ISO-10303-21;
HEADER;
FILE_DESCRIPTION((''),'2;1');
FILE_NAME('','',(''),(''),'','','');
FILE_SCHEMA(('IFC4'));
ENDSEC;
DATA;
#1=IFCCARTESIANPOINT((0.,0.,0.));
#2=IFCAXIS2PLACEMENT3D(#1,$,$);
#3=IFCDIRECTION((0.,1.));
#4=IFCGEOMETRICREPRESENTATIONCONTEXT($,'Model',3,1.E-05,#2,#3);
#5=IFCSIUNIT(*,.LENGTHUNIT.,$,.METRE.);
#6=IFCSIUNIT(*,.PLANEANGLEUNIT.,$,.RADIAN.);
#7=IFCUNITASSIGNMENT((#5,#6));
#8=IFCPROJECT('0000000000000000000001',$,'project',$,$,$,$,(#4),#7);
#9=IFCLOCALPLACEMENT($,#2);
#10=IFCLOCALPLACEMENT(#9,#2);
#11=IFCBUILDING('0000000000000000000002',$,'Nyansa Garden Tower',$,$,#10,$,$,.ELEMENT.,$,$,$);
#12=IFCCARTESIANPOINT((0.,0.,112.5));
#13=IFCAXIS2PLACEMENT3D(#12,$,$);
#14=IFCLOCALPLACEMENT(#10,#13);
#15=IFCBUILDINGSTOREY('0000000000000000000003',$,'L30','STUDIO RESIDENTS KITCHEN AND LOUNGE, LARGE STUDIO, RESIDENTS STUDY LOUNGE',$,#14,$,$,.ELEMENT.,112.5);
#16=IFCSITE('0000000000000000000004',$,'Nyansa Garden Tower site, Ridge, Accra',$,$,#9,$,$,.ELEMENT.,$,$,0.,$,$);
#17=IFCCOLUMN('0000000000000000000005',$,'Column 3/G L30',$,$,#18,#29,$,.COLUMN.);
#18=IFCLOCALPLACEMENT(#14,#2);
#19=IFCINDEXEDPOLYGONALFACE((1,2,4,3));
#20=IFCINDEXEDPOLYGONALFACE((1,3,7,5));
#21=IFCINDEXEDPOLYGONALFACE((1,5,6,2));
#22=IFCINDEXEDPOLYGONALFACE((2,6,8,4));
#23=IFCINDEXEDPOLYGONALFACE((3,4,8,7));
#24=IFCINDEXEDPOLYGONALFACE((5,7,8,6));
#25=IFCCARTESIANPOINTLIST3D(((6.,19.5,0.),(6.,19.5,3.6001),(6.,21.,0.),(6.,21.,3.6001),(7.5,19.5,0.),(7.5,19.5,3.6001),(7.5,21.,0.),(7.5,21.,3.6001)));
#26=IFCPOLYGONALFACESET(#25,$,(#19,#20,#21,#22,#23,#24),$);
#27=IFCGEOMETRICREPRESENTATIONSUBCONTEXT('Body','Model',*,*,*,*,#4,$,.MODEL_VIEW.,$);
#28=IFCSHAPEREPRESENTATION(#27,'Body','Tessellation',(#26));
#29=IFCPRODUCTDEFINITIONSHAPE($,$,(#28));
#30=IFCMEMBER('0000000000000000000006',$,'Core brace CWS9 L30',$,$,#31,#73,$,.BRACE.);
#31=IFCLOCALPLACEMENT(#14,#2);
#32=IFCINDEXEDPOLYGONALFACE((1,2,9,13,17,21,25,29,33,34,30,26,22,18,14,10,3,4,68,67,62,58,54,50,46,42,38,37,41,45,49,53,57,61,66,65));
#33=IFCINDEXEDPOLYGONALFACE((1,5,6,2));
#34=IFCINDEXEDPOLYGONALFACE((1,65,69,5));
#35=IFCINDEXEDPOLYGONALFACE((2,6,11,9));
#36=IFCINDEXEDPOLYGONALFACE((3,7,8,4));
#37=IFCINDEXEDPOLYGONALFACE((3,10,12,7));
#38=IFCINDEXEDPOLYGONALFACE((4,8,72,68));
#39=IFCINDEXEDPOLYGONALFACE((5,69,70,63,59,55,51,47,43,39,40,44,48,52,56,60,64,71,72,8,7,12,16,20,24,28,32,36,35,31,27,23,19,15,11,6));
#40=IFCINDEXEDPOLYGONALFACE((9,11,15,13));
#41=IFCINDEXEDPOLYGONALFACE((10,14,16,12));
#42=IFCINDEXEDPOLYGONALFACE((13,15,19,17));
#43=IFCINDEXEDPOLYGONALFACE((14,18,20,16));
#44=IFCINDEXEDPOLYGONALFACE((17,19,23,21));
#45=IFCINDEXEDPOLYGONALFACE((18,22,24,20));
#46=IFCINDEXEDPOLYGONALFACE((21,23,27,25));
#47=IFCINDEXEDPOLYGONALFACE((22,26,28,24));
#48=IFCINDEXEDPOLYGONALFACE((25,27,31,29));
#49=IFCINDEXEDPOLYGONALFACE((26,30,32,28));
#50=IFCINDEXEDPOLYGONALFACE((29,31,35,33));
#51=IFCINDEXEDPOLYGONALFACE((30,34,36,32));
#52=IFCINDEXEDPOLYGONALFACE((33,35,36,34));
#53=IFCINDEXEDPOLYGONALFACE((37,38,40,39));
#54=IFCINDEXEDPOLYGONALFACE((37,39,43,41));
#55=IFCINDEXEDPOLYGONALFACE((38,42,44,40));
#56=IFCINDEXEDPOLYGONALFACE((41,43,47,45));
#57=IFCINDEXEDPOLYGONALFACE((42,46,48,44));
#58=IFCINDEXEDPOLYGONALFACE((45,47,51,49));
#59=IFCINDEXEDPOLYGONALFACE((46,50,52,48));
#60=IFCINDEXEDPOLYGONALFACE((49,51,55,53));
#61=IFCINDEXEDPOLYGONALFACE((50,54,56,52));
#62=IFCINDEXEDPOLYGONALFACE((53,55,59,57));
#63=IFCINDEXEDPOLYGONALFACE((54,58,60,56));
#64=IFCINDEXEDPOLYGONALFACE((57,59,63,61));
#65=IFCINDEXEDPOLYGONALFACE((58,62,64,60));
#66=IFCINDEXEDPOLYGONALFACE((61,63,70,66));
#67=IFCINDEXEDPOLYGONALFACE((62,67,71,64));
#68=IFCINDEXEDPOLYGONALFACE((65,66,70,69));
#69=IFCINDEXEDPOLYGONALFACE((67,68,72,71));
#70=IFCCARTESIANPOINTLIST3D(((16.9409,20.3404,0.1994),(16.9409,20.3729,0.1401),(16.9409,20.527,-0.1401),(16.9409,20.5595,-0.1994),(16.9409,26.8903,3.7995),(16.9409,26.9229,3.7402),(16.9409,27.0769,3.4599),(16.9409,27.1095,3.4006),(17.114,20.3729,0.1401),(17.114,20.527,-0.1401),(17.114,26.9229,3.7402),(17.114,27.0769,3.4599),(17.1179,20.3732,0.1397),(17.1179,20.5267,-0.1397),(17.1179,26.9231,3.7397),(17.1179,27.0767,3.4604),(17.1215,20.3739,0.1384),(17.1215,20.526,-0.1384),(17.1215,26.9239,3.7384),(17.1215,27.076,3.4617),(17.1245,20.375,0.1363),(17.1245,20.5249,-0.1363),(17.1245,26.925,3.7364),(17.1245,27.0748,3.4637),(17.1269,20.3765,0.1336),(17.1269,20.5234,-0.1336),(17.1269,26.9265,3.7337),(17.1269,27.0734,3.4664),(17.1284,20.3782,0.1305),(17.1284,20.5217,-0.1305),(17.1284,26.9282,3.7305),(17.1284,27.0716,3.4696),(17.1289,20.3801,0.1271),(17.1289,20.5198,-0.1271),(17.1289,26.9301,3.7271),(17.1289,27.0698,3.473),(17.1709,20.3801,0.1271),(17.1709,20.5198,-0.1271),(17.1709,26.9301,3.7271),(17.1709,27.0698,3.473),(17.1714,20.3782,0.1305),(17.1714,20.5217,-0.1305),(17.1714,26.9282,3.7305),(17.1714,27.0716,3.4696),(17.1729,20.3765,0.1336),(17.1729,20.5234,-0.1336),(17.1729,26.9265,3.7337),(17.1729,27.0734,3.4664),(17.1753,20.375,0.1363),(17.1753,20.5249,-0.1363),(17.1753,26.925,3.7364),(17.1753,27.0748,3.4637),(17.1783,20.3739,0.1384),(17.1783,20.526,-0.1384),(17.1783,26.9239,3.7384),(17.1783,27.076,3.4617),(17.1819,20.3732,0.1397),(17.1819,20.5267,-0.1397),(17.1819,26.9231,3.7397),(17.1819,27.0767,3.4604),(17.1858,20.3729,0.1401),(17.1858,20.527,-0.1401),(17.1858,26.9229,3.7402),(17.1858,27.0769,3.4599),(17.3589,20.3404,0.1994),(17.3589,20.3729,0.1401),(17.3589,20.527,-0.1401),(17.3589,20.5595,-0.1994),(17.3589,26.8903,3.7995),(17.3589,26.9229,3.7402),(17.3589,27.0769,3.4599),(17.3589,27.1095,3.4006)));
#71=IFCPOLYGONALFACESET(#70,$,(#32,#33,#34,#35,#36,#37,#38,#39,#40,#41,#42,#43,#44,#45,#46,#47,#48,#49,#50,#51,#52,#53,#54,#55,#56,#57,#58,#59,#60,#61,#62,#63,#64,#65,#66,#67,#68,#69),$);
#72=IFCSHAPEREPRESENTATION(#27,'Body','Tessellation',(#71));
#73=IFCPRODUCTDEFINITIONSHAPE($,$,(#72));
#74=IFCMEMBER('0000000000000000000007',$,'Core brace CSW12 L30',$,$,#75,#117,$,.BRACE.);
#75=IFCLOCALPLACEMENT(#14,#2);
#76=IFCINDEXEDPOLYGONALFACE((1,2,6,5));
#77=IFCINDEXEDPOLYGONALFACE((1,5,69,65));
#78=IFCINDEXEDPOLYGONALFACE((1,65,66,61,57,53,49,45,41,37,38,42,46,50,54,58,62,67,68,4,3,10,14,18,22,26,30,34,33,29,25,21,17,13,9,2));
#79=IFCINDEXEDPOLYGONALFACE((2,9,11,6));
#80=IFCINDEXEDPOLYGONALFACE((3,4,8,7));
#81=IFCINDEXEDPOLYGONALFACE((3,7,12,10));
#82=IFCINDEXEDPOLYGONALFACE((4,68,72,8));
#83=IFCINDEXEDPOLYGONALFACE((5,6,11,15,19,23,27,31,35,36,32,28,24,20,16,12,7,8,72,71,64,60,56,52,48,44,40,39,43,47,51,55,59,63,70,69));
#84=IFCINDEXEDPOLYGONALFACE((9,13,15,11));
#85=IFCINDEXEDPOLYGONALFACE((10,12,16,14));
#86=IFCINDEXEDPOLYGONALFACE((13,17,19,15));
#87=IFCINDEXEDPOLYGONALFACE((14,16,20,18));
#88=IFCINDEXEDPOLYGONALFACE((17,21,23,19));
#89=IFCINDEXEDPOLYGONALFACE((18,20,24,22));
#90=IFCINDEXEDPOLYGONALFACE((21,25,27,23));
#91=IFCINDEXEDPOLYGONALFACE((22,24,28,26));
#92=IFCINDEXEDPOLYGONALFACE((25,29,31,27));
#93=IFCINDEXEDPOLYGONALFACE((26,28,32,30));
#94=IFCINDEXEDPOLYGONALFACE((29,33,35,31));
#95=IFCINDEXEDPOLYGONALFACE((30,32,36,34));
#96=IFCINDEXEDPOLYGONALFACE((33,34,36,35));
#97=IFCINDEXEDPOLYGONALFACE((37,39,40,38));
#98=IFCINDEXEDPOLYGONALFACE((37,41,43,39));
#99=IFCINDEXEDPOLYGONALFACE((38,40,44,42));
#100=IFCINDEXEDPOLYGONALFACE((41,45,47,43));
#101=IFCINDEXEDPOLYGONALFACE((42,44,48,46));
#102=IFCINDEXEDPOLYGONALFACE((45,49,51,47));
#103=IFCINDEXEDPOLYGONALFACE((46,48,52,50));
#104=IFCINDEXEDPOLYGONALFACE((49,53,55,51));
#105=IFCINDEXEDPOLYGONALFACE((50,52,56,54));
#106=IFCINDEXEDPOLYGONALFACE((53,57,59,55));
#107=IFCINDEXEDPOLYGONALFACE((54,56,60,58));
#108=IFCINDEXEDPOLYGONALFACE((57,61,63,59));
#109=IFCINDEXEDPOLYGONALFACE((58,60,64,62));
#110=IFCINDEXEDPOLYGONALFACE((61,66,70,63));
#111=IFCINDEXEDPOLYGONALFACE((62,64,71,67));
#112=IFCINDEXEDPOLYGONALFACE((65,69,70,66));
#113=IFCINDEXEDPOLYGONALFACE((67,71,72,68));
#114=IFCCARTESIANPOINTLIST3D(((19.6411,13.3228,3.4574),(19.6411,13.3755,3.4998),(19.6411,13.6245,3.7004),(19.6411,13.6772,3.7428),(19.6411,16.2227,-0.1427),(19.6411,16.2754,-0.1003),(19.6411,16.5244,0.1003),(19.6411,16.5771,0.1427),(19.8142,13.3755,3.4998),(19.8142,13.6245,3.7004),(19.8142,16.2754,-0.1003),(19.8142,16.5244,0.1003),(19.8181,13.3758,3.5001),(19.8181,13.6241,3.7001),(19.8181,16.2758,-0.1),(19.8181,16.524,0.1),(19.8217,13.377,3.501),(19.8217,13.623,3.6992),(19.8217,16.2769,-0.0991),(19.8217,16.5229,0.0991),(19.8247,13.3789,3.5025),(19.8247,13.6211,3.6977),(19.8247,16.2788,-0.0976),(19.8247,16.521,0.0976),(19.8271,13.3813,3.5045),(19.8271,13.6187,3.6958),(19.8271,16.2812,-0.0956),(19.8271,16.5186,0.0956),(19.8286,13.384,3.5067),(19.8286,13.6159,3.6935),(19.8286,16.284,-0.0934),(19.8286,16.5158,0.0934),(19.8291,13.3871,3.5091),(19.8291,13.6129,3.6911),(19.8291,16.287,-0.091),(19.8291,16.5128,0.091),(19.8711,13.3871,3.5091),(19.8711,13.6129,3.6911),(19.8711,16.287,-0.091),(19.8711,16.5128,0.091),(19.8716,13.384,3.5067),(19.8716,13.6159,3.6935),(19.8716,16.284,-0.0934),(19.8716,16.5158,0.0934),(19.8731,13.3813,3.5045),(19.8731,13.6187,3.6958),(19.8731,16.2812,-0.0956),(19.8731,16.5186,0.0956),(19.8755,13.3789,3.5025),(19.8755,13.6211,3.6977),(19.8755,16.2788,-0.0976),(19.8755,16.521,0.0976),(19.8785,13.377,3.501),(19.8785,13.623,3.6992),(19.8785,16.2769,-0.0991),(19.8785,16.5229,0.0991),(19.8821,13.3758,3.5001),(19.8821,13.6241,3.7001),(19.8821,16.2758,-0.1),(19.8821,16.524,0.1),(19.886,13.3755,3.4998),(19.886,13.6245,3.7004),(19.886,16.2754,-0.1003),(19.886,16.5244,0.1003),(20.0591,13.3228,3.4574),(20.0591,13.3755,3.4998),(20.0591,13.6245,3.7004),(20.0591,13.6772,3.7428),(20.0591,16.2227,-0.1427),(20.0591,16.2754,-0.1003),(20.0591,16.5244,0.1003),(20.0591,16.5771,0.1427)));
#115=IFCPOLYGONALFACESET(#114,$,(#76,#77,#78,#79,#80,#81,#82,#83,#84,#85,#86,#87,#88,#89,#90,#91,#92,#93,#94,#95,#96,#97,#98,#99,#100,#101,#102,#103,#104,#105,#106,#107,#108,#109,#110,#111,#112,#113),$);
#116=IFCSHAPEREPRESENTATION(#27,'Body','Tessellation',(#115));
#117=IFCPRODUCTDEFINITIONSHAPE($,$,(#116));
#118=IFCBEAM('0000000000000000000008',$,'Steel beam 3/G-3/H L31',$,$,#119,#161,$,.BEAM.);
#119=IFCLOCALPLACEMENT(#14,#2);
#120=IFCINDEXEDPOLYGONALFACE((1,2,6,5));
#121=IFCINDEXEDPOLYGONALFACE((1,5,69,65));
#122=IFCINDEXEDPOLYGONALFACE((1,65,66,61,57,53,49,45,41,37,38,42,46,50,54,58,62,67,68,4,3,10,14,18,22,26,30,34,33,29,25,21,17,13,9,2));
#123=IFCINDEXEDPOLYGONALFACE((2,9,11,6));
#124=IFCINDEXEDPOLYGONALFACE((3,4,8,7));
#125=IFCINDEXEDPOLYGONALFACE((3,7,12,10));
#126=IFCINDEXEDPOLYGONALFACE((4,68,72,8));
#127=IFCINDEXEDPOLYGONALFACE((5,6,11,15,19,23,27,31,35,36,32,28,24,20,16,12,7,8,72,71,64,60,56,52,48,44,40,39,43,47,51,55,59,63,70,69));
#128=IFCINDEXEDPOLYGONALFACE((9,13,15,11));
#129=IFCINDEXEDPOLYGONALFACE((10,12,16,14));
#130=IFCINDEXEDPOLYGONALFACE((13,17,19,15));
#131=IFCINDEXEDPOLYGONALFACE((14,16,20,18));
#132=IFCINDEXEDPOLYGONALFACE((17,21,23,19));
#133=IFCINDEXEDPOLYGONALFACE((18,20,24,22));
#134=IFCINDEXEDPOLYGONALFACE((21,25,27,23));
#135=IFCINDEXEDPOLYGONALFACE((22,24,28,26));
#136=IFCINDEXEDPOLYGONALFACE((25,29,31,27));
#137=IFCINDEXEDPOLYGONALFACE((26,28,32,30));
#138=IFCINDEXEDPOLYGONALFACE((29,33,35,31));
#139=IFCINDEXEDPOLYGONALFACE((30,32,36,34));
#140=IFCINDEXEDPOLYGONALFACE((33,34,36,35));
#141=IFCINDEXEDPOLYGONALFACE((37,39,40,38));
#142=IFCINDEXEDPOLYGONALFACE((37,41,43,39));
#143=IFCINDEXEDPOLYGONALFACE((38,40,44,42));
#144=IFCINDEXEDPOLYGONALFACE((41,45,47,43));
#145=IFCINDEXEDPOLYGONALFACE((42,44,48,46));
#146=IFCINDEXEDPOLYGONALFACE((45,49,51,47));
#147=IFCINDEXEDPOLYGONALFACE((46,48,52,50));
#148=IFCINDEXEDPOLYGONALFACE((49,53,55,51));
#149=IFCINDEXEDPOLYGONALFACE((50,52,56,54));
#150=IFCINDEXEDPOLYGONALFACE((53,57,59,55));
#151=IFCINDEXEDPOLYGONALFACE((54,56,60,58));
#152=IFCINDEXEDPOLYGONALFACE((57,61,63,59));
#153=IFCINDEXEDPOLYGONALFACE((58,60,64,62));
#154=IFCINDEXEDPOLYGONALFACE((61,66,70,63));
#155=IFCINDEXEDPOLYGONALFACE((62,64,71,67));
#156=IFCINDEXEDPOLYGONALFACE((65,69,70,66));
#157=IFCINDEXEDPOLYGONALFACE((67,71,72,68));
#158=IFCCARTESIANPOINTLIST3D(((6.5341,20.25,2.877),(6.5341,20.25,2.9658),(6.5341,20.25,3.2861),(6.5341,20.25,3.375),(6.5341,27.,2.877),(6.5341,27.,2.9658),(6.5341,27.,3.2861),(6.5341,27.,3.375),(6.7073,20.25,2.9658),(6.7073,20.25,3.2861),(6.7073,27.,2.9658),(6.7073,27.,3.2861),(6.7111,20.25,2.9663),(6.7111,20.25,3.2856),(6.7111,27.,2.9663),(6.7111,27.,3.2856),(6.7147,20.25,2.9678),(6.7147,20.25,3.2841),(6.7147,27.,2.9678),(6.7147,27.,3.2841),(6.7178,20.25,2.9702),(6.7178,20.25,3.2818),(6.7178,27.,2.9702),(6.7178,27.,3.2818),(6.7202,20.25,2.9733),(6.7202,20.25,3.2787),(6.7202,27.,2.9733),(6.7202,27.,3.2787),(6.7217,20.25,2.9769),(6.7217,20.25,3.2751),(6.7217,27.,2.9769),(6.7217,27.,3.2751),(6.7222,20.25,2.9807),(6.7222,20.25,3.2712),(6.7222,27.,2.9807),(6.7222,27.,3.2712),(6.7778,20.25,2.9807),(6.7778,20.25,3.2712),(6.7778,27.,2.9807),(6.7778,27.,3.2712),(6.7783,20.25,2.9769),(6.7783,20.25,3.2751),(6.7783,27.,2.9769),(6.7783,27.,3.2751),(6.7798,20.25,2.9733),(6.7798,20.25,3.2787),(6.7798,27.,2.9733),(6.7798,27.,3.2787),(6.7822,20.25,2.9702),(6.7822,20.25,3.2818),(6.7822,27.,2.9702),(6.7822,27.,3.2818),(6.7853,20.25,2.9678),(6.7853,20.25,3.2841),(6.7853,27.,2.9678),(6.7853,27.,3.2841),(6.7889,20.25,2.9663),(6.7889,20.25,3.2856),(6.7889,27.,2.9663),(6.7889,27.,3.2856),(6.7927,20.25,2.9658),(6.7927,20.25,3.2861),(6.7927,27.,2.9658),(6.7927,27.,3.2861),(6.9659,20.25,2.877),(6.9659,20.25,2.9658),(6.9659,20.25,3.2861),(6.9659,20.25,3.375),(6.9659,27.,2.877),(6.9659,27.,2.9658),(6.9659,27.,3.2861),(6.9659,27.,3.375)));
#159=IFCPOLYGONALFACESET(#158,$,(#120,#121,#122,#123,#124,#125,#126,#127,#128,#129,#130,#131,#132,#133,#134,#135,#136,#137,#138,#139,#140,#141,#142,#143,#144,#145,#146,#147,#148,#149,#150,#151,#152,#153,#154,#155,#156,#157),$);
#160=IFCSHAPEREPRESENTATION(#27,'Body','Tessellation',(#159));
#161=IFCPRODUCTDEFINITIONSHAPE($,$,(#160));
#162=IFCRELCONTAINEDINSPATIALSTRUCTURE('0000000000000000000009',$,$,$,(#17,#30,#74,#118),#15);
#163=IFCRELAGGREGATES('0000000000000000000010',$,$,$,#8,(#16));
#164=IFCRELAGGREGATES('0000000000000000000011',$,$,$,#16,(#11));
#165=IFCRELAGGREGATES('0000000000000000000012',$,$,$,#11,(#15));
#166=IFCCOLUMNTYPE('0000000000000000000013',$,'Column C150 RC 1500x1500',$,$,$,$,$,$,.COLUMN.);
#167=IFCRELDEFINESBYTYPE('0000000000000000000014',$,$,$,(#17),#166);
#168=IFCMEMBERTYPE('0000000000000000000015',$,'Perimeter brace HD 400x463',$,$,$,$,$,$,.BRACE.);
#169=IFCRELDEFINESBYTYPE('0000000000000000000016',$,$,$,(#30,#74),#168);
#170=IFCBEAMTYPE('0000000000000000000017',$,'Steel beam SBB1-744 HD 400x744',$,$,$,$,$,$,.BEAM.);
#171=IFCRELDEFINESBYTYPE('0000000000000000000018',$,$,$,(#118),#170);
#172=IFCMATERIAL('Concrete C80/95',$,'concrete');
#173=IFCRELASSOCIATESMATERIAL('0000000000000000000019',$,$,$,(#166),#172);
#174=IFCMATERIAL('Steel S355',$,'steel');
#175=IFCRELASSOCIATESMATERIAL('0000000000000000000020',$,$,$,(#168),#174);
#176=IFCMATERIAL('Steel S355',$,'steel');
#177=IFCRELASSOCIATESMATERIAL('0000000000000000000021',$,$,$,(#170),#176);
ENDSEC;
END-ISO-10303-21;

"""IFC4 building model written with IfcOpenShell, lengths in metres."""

from ifc_helpers import new_model, si_unit, direction, frame, origin, origin_2d, place, context, subcontext, project, spatial, rectangle, i_section, extrude, material, material_profile, profile_set, type_object, element, save


model = new_model("IFC4")

# Units and contexts
model_context = context("Model", 3, precision=1e-05, world=origin(), true_north=direction((0.0, 1.0)))
body_context = subcontext(model_context, "Body", "Model", "MODEL_VIEW")
ifc_project = project(units=[si_unit("LENGTHUNIT", "METRE"), si_unit("PLANEANGLEUNIT", "RADIAN")], contexts=[model_context])

# Site, building, storey
site_placement = place(None, origin())
site = spatial("IfcSite", under=ifc_project, at=site_placement, Name="Nyansa Garden Tower site, Ridge, Accra", CompositionType="ELEMENT", RefElevation=0.0)
building_placement = place(site_placement, origin())
building = spatial("IfcBuilding", under=site, at=building_placement, Name="Nyansa Garden Tower", CompositionType="ELEMENT")
storey_placement = place(building_placement, frame((0.0, 0.0, 112.5)))
storey = spatial("IfcBuildingStorey", under=building, at=storey_placement, Name="L30", Description="STUDIO RESIDENTS KITCHEN AND LOUNGE, LARGE STUDIO, RESIDENTS STUDY LOUNGE", CompositionType="ELEMENT", Elevation=112.5)

# Column
ifc_material_1 = material(Name="Concrete C80/95", Category="concrete")
ifc_material_profile_1 = material_profile(ifc_material_1, rectangle(XDim=1.5, YDim=1.5, at=origin_2d()), Name="RC 1500x1500")
ifc_profile_set_1 = profile_set([ifc_material_profile_1], Name="Concrete C80/95")
column_type = type_object("IfcColumnType", Name="Column C150 RC 1500x1500", PredefinedType="COLUMN", material=ifc_profile_set_1)
column_placement = place(storey_placement, frame((6.75, 20.25, 0.0), z_axis=(0.0, 0.0, 1.0), x_axis=(1.0, 0.0, 0.0)))
element("IfcColumn", 1, at=column_placement, inside=storey, type_object=column_type, Name="Column 3/G L30", PredefinedType="COLUMN", context=body_context, shape_type="SweptSolid", body=[
    extrude(rectangle(XDim=1.5, YDim=1.5, at=origin_2d()), origin(), (0.0, 0.0, 1.0), 3.6001),
])

# Members
ifc_material_2 = material(Name="Steel S355", Category="steel")
ifc_material_profile_2 = material_profile(ifc_material_2, i_section(OverallWidth=0.418, OverallDepth=0.4551, WebThickness=0.042, FlangeThickness=0.0676, FilletRadius=0.0149, at=origin_2d()), Name="HD 400x463")
ifc_profile_set_2 = profile_set([ifc_material_profile_2], Name="Steel S355")
member_type = type_object("IfcMemberType", Name="Perimeter brace HD 400x463", PredefinedType="BRACE", material=ifc_profile_set_2)
member_1_placement = place(storey_placement, frame((17.1499, 20.45, 0.0), z_axis=(0.0, 0.876353, 0.481669), x_axis=(-1.0, 0.0, 0.0)))
element("IfcMember", 2, at=member_1_placement, inside=storey, type_object=member_type, Name="Core brace CWS9 L30", PredefinedType="BRACE", context=body_context, shape_type="SweptSolid", body=[
    extrude(i_section(OverallWidth=0.418, OverallDepth=0.4551, WebThickness=0.042, FlangeThickness=0.0676, FilletRadius=0.0149, at=origin_2d()), origin(), (0.0, 0.0, 1.0), 7.4741),
])
member_2_placement = place(storey_placement, frame((19.8501, 16.3999, 0.0), z_axis=(0.0, -0.627306, 0.778773), x_axis=(1.0, 0.0, 0.0)))
element("IfcMember", 3, at=member_2_placement, inside=storey, type_object=member_type, Name="Core brace CSW12 L30", PredefinedType="BRACE", context=body_context, shape_type="SweptSolid", body=[
    extrude(i_section(OverallWidth=0.418, OverallDepth=0.4551, WebThickness=0.042, FlangeThickness=0.0676, FilletRadius=0.0149, at=origin_2d()), origin(), (0.0, 0.0, 1.0), 4.6228),
])

# Beam
ifc_material_3 = material(Name="Steel S355", Category="steel")
ifc_material_profile_3 = material_profile(ifc_material_3, i_section(OverallWidth=0.4319, OverallDepth=0.498, WebThickness=0.0557, FlangeThickness=0.0889, FilletRadius=0.0149, at=origin_2d()), Name="HD 400x744")
ifc_profile_set_3 = profile_set([ifc_material_profile_3], Name="Steel S355")
beam_type_1 = type_object("IfcBeamType", Name="Steel beam SBB1-744 HD 400x744", PredefinedType="BEAM", material=ifc_profile_set_3)
beam_1_placement = place(storey_placement, frame((6.75, 20.25, 3.126), z_axis=(0.0, 1.0, 0.0), x_axis=(-1.0, 0.0, 0.0)))
element("IfcBeam", 4, at=beam_1_placement, inside=storey, type_object=beam_type_1, Name="Steel beam 3/G-3/H L31", PredefinedType="BEAM", context=body_context, shape_type="SweptSolid", body=[
    extrude(i_section(OverallWidth=0.4319, OverallDepth=0.498, WebThickness=0.0557, FlangeThickness=0.0889, FilletRadius=0.0149, at=origin_2d()), origin(), (0.0, 0.0, 1.0), 6.75),
])

save(model, "model.ifc")
